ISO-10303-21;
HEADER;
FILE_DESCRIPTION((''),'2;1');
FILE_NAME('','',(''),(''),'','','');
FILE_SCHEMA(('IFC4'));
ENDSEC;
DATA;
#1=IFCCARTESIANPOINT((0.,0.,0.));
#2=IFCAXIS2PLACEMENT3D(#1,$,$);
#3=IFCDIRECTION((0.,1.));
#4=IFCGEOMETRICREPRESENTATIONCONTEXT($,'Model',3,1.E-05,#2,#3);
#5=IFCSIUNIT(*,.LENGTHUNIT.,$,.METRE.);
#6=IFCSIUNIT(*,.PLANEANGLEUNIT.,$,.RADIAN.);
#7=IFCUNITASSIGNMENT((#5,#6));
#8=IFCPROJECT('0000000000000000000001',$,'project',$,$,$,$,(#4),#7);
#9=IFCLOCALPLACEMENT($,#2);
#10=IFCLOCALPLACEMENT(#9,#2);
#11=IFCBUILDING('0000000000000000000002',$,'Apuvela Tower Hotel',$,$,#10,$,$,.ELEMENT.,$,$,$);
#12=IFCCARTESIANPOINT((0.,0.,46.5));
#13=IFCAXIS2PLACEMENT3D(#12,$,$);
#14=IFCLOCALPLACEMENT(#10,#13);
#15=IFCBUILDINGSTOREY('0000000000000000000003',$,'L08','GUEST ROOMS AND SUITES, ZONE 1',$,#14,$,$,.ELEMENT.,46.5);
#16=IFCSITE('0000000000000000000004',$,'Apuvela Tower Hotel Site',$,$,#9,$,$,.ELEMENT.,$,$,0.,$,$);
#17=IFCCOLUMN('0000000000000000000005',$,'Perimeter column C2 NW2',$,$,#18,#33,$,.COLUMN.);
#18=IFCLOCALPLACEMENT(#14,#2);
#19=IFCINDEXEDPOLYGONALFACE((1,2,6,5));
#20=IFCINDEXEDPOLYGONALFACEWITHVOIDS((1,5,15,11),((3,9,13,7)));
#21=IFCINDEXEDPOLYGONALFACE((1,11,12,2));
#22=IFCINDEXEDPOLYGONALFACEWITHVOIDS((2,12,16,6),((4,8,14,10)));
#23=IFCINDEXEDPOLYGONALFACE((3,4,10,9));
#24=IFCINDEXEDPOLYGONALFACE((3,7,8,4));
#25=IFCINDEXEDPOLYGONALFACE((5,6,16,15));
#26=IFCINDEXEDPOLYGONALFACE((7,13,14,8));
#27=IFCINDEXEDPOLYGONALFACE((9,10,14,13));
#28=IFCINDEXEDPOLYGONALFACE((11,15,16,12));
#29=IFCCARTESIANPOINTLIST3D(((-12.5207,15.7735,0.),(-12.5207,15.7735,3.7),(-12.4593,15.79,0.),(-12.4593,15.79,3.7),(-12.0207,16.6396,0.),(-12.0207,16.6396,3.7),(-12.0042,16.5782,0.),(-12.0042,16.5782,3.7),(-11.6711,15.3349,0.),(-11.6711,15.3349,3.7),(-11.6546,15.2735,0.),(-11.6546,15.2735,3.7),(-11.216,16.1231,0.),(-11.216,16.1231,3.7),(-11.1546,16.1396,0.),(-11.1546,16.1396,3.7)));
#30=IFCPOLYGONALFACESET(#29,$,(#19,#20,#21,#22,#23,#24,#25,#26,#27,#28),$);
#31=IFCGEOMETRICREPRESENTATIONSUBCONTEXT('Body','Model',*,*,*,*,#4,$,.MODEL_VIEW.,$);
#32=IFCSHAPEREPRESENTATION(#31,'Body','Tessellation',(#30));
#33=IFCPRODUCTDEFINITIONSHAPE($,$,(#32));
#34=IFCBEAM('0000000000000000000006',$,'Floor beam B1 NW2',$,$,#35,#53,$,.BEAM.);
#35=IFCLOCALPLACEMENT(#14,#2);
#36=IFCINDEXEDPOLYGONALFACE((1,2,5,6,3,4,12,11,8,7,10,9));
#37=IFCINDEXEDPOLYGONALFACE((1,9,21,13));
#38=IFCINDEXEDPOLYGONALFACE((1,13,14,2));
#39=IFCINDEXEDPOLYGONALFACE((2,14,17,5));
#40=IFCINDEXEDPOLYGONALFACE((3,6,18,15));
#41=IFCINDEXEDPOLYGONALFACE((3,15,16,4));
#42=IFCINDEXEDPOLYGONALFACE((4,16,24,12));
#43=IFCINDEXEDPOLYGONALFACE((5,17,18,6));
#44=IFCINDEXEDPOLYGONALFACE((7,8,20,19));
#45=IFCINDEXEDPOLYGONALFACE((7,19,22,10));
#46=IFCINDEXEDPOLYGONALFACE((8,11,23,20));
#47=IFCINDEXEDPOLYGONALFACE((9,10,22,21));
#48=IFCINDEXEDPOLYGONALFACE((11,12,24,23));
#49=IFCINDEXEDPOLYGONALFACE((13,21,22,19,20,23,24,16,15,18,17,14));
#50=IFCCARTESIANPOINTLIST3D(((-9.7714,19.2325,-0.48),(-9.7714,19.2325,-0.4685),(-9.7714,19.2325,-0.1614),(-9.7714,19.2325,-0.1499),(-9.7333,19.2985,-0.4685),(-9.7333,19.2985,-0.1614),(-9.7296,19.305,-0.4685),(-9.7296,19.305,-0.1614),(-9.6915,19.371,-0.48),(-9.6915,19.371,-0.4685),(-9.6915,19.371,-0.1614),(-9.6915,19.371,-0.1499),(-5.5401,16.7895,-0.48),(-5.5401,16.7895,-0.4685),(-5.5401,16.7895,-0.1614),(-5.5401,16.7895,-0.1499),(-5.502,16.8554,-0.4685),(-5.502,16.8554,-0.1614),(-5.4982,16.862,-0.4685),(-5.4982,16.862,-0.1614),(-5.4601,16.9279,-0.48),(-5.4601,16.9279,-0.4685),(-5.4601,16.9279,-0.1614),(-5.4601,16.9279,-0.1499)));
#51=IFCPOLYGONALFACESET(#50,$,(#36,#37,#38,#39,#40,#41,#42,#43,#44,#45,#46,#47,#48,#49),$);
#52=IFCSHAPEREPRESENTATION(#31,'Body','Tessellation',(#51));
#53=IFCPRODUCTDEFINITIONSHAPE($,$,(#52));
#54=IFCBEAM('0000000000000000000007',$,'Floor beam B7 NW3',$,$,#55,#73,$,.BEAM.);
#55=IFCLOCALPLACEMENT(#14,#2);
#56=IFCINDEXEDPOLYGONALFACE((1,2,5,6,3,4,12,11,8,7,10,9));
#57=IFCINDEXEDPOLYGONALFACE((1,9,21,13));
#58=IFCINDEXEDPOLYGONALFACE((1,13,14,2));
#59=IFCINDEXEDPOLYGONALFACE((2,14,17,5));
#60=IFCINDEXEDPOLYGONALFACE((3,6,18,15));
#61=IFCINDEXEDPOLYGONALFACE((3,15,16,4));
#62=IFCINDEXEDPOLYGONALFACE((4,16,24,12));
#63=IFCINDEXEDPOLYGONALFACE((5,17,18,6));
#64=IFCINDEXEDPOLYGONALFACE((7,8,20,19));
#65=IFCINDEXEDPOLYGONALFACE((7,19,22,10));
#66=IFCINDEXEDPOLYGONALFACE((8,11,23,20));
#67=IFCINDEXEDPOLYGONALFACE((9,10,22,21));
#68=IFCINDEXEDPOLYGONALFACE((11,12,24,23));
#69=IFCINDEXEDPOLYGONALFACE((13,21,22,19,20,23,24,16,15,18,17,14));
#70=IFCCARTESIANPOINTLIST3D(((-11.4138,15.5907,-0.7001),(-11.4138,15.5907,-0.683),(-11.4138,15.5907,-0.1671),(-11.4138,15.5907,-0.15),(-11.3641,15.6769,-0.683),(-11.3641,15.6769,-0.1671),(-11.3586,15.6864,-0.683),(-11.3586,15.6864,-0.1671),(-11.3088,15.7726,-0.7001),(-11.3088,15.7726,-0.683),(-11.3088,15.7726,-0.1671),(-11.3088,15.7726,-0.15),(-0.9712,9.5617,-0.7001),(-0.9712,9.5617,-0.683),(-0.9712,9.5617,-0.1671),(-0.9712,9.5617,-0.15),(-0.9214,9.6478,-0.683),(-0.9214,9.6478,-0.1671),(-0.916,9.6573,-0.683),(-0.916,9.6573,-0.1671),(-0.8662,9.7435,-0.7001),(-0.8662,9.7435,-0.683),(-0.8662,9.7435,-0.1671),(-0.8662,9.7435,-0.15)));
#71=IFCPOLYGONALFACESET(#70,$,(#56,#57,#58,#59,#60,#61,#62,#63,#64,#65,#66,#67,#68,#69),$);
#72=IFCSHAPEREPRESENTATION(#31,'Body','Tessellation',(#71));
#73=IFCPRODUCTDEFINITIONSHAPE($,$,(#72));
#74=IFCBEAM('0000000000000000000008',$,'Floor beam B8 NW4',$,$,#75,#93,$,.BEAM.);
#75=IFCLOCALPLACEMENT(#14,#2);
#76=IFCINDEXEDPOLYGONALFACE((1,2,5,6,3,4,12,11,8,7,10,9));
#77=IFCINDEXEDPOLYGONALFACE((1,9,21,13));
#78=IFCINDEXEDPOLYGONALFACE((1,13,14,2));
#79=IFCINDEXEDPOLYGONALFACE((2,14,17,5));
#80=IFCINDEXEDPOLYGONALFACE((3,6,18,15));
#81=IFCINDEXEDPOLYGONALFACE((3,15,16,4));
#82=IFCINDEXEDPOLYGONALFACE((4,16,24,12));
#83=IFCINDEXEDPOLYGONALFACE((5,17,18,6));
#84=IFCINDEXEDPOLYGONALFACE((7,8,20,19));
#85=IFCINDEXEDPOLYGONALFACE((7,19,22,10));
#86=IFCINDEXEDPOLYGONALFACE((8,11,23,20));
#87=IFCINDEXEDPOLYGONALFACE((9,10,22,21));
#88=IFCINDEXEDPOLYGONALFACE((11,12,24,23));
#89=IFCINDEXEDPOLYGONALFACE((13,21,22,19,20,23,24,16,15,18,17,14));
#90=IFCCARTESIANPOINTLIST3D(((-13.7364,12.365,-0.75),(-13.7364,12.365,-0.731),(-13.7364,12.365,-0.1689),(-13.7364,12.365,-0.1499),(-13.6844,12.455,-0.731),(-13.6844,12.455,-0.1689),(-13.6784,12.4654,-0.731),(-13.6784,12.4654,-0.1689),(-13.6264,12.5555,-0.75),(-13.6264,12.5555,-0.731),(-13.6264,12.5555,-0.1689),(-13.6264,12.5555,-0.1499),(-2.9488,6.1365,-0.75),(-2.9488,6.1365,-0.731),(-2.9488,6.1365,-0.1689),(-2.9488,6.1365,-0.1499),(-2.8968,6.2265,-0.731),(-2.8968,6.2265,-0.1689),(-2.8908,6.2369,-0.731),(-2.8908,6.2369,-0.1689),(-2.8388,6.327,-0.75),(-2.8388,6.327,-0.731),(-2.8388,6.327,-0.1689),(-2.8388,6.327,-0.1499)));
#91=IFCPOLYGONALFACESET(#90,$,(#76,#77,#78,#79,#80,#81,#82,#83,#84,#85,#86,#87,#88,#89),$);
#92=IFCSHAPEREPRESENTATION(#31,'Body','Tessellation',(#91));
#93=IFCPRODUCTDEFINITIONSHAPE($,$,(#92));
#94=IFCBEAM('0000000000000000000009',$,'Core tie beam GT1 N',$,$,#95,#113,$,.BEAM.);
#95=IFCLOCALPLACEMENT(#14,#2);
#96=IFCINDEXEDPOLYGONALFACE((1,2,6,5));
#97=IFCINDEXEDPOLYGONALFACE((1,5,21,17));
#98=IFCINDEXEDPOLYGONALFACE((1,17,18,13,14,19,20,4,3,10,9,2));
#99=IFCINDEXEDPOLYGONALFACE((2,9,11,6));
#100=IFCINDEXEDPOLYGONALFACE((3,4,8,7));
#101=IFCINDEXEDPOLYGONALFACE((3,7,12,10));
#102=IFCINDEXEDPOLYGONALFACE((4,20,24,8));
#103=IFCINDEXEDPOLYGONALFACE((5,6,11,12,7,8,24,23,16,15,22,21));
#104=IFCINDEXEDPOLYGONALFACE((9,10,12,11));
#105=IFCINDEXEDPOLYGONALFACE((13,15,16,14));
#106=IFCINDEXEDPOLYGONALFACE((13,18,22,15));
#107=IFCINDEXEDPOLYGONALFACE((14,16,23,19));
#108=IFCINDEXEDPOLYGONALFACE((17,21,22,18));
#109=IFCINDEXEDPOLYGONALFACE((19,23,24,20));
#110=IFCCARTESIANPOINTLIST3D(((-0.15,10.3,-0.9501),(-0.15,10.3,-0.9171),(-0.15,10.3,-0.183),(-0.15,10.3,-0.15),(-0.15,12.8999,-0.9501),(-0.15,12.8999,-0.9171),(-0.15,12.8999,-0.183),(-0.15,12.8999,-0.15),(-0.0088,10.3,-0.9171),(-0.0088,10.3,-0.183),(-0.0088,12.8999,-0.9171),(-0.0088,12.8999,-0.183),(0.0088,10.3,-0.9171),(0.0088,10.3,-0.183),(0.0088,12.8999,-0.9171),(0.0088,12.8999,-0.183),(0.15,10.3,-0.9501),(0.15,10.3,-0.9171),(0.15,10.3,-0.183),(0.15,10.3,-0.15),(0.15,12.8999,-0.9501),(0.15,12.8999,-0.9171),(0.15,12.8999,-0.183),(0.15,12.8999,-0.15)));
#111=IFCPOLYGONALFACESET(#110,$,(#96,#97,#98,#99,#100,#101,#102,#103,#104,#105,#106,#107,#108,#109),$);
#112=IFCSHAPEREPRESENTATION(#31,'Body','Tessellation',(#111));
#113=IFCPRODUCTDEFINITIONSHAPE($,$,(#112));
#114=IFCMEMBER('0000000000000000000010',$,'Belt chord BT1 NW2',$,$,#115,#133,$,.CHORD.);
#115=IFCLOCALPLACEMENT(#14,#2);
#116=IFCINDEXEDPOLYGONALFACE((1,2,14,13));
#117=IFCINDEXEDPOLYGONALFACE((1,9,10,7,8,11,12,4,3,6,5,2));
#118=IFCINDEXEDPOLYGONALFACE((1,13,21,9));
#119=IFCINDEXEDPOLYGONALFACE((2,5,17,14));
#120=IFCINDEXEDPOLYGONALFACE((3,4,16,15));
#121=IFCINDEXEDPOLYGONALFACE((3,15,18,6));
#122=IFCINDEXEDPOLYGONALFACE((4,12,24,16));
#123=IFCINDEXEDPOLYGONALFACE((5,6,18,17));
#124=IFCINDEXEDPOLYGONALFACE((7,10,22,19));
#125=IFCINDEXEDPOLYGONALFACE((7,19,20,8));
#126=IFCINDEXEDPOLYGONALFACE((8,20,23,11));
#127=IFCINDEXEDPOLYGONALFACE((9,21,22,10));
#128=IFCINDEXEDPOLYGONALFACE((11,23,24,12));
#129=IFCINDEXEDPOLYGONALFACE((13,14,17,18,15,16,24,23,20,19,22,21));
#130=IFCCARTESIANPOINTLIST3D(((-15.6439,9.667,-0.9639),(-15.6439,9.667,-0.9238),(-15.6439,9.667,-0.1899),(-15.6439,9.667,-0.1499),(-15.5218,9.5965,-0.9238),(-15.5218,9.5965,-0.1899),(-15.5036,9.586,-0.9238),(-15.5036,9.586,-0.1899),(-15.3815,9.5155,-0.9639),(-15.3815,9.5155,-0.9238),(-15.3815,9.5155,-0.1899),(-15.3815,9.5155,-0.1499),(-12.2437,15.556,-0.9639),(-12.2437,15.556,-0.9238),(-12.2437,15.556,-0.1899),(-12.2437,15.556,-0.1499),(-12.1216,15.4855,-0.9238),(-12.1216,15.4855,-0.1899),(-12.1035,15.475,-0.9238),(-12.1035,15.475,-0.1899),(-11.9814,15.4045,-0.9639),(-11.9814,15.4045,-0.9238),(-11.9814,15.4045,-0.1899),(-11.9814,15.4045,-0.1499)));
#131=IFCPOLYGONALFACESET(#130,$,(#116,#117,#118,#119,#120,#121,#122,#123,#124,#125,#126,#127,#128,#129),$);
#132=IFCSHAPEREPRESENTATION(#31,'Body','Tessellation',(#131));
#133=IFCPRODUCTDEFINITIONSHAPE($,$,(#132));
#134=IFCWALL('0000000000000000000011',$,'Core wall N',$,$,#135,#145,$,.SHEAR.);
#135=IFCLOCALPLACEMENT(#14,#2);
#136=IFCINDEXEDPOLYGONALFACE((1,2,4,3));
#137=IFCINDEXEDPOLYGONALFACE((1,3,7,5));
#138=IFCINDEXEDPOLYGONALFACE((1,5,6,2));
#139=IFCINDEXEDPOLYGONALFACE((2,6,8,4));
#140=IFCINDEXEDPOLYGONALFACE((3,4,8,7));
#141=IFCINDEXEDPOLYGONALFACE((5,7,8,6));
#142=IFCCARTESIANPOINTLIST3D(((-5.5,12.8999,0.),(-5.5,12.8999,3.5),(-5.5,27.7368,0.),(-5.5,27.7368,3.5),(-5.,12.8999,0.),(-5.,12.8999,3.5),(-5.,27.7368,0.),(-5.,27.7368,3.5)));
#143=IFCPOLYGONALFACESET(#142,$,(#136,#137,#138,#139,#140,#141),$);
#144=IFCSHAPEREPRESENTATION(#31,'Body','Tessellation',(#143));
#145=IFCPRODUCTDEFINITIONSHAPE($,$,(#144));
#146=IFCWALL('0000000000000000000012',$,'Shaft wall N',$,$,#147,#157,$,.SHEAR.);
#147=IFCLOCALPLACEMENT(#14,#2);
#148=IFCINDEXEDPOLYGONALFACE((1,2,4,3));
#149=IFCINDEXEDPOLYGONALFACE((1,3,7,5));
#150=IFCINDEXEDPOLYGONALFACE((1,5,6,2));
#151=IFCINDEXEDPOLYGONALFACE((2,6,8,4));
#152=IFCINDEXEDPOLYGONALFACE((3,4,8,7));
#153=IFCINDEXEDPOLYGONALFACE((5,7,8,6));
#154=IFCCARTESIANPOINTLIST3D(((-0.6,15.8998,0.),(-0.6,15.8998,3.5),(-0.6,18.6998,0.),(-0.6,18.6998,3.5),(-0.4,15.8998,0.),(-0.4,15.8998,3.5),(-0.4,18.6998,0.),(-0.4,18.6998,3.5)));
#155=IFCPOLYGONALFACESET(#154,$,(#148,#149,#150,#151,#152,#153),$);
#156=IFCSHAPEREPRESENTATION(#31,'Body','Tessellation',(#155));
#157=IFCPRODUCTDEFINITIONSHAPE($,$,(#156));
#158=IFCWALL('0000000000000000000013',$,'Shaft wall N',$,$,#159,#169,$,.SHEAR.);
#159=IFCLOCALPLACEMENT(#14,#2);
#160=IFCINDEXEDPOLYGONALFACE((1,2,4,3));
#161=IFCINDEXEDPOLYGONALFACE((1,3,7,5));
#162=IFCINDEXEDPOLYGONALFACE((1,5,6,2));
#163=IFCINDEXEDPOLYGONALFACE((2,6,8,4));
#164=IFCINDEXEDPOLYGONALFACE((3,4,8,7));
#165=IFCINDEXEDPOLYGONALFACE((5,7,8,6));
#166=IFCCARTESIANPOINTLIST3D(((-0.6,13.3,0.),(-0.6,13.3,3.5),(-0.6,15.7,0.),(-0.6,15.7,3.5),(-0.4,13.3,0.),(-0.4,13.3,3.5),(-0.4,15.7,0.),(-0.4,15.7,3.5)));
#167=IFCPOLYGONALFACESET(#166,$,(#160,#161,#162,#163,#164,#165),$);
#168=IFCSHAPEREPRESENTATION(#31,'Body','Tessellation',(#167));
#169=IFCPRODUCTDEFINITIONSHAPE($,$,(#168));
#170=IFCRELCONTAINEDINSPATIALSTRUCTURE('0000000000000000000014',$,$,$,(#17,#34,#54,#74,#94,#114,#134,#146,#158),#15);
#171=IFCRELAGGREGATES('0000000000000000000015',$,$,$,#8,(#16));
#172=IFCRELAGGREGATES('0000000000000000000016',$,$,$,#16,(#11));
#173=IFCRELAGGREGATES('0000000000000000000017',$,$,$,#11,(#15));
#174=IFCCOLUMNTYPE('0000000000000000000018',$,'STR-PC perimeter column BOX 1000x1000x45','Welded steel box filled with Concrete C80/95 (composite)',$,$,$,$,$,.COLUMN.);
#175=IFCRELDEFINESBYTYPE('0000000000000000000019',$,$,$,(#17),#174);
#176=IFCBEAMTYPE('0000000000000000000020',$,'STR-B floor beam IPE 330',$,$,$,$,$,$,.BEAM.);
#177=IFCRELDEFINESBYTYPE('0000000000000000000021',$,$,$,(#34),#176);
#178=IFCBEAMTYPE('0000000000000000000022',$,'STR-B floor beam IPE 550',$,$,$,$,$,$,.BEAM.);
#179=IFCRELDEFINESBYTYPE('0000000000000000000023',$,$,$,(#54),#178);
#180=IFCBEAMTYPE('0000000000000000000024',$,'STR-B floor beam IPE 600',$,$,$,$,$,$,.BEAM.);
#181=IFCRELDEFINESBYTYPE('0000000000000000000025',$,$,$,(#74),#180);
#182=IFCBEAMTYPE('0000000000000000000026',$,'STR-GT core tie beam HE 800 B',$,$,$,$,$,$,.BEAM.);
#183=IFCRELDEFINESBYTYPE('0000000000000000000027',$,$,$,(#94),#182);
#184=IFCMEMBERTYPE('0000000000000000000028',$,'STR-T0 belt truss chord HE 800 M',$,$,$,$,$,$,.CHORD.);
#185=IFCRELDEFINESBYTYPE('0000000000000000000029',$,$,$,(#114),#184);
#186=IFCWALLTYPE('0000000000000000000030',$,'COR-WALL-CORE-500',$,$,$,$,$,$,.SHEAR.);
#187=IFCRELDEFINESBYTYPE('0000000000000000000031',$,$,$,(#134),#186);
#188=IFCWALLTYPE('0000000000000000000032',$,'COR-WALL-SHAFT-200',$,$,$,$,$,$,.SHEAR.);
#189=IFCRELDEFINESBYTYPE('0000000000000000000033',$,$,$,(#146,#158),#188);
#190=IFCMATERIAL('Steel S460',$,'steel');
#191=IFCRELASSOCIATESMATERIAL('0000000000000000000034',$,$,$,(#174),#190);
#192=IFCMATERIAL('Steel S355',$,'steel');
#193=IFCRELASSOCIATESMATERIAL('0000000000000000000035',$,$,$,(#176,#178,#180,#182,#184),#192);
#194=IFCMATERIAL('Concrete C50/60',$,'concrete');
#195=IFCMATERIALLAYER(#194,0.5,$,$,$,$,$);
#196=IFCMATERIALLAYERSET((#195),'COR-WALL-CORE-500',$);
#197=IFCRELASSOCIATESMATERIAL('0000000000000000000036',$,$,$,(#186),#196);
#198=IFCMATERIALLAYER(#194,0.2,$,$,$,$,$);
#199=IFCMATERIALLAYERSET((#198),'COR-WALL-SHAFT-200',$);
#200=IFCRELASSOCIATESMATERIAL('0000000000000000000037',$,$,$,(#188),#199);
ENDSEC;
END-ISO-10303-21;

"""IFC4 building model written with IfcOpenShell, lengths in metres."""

from ifc_helpers import new_model, si_unit, direction, frame, frame_2d, origin, origin_2d, place, context, subcontext, project, spatial, rectangle, hollow_rectangle, i_section, extrude, material, layer, layer_set, material_profile, profile_set, type_object, element, save


model = new_model("IFC4")

# Units and contexts
model_context = context("Model", 3, precision=1e-05, world=origin(), true_north=direction((0.0, 1.0)))
body_context = subcontext(model_context, "Body", "Model", "MODEL_VIEW")
ifc_project = project(units=[si_unit("LENGTHUNIT", "METRE"), si_unit("PLANEANGLEUNIT", "RADIAN")], contexts=[model_context])

# Site, building, storey
site_placement = place(None, origin())
site = spatial("IfcSite", under=ifc_project, at=site_placement, Name="Apuvela Tower Hotel Site", CompositionType="ELEMENT", RefElevation=0.0)
building_placement = place(site_placement, origin())
building = spatial("IfcBuilding", under=site, at=building_placement, Name="Apuvela Tower Hotel", CompositionType="ELEMENT")
storey_placement = place(building_placement, frame((0.0, 0.0, 46.5)))
storey = spatial("IfcBuildingStorey", under=building, at=storey_placement, Name="L08", Description="GUEST ROOMS AND SUITES, ZONE 1", CompositionType="ELEMENT", Elevation=46.5)

# Column
ifc_material_1 = material(Name="Steel S460", Category="steel")
ifc_material_profile_1 = material_profile(ifc_material_1, hollow_rectangle(XDim=1.0, YDim=1.0, WallThickness=0.0449, at=origin_2d()), Name="BOX 1000x1000x45")
ifc_material_2 = material(Name="Concrete C80/95", Category="concrete")
ifc_material_profile_2 = material_profile(ifc_material_2, rectangle(XDim=0.9099, YDim=0.9099, at=origin_2d()), Name="Concrete C80/95 infill")
ifc_profile_set_1 = profile_set([ifc_material_profile_1, ifc_material_profile_2], Name="Steel S460")
column_type = type_object("IfcColumnType", Name="STR-PC perimeter column BOX 1000x1000x45", Description="Welded steel box filled with Concrete C80/95 (composite)", PredefinedType="COLUMN", material=ifc_profile_set_1)
column_placement = place(storey_placement, frame((-11.8376, 15.9565, 0.0), z_axis=(0.0, 0.0, 1.0), x_axis=(0.5, 0.866025, 0.0)))
element("IfcColumn", 1, at=column_placement, inside=storey, type_object=column_type, Name="Perimeter column C2 NW2", PredefinedType="COLUMN", context=body_context, shape_type="SweptSolid", body=[
    extrude(hollow_rectangle(XDim=1.0, YDim=1.0, WallThickness=0.0449, at=origin_2d()), origin(), (0.0, 0.0, 1.0), 3.7),
])

# Beams
ifc_material_3 = material(Name="Steel S355", Category="steel")
ifc_material_profile_3 = material_profile(ifc_material_3, i_section(OverallWidth=0.1599, OverallDepth=0.3301, WebThickness=0.0076, FlangeThickness=0.0115, at=origin_2d()), Name="IPE 330")
ifc_profile_set_2 = profile_set([ifc_material_profile_3], Name="Steel S355")
beam_type_1 = type_object("IfcBeamType", Name="STR-B floor beam IPE 330", PredefinedType="BEAM", material=ifc_profile_set_2)
beam_1_placement = place(storey_placement, frame((-9.7314, 19.3018, -0.3149), z_axis=(0.866018, -0.500014, 0.0), x_axis=(0.500014, 0.866018, 0.0)))
element("IfcBeam", 2, at=beam_1_placement, inside=storey, type_object=beam_type_1, Name="Floor beam B1 NW2", PredefinedType="BEAM", context=body_context, shape_type="SweptSolid", body=[
    extrude(i_section(OverallWidth=0.1599, OverallDepth=0.3301, WebThickness=0.0076, FlangeThickness=0.0115, at=origin_2d()), origin(), (0.0, 0.0, 1.0), 4.886),
])
ifc_material_profile_4 = material_profile(ifc_material_3, i_section(OverallWidth=0.21, OverallDepth=0.55, WebThickness=0.011, FlangeThickness=0.0171, at=origin_2d()), Name="IPE 550")
ifc_profile_set_3 = profile_set([ifc_material_profile_4], Name="Steel S355")
beam_type_2 = type_object("IfcBeamType", Name="STR-B floor beam IPE 550", PredefinedType="BEAM", material=ifc_profile_set_3)
beam_2_placement = place(storey_placement, frame((-11.3613, 15.6816, -0.425), z_axis=(0.866025, -0.5, 0.0), x_axis=(0.5, 0.866025, 0.0)))
element("IfcBeam", 3, at=beam_2_placement, inside=storey, type_object=beam_type_2, Name="Floor beam B7 NW3", PredefinedType="BEAM", context=body_context, shape_type="SweptSolid", body=[
    extrude(i_section(OverallWidth=0.21, OverallDepth=0.55, WebThickness=0.011, FlangeThickness=0.0171, at=origin_2d()), origin(), (0.0, 0.0, 1.0), 12.0581),
])
ifc_material_profile_5 = material_profile(ifc_material_3, i_section(OverallWidth=0.22, OverallDepth=0.6001, WebThickness=0.012, FlangeThickness=0.019, at=origin_2d()), Name="IPE 600")
ifc_profile_set_4 = profile_set([ifc_material_profile_5], Name="Steel S355")
beam_type_3 = type_object("IfcBeamType", Name="STR-B floor beam IPE 600", PredefinedType="BEAM", material=ifc_profile_set_4)
beam_3_placement = place(storey_placement, frame((-13.6814, 12.4602, -0.45), z_axis=(0.866015, -0.500018, 0.0), x_axis=(0.500018, 0.866015, 0.0)))
element("IfcBeam", 4, at=beam_3_placement, inside=storey, type_object=beam_type_3, Name="Floor beam B8 NW4", PredefinedType="BEAM", context=body_context, shape_type="SweptSolid", body=[
    extrude(i_section(OverallWidth=0.22, OverallDepth=0.6001, WebThickness=0.012, FlangeThickness=0.019, at=origin_2d()), origin(), (0.0, 0.0, 1.0), 12.4565),
])
ifc_material_profile_6 = material_profile(ifc_material_3, i_section(OverallWidth=0.3, OverallDepth=0.8, WebThickness=0.0176, FlangeThickness=0.033, at=origin_2d()), Name="HE 800 B")
ifc_profile_set_5 = profile_set([ifc_material_profile_6], Name="Steel S355")
beam_type_4 = type_object("IfcBeamType", Name="STR-GT core tie beam HE 800 B", PredefinedType="BEAM", material=ifc_profile_set_5)
beam_4_placement = place(storey_placement, frame((0.0, 12.8999, -0.55), z_axis=(0.0, -1.0, 0.0), x_axis=(1.0, 0.0, 0.0)))
element("IfcBeam", 5, at=beam_4_placement, inside=storey, type_object=beam_type_4, Name="Core tie beam GT1 N", PredefinedType="BEAM", context=body_context, shape_type="SweptSolid", body=[
    extrude(i_section(OverallWidth=0.3, OverallDepth=0.8, WebThickness=0.0176, FlangeThickness=0.033, at=origin_2d()), origin(), (0.0, 0.0, 1.0), 2.5999),
])

# Member
ifc_material_profile_7 = material_profile(ifc_material_3, i_section(OverallWidth=0.303, OverallDepth=0.814, WebThickness=0.021, FlangeThickness=0.04, at=origin_2d()), Name="HE 800 M")
ifc_profile_set_6 = profile_set([ifc_material_profile_7], Name="Steel S355")
member_type = type_object("IfcMemberType", Name="STR-T0 belt truss chord HE 800 M", PredefinedType="CHORD", material=ifc_profile_set_6)
member_placement = place(storey_placement, frame((-12.1125, 15.4802, -0.5569), z_axis=(-0.50002, -0.866014, 0.0), x_axis=(0.866014, -0.50002, 0.0)))
element("IfcMember", 6, at=member_placement, inside=storey, type_object=member_type, Name="Belt chord BT1 NW2", PredefinedType="CHORD", context=body_context, shape_type="SweptSolid", body=[
    extrude(i_section(OverallWidth=0.303, OverallDepth=0.814, WebThickness=0.021, FlangeThickness=0.04, at=origin_2d()), origin(), (0.0, 0.0, 1.0), 6.8),
])

# Walls
ifc_material_4 = material(Name="Concrete C50/60", Category="concrete")
ifc_layer_1 = layer(ifc_material_4, 0.5)
ifc_layer_set_1 = layer_set([ifc_layer_1], Name="COR-WALL-CORE-500")
wall_type_1 = type_object("IfcWallType", Name="COR-WALL-CORE-500", PredefinedType="SHEAR", material=ifc_layer_set_1)
wall_1_placement = place(storey_placement, frame((-5.25, 12.8999, 0.0), z_axis=(0.0, 0.0, 1.0), x_axis=(0.0, 1.0, 0.0)))
element("IfcWall", 7, at=wall_1_placement, inside=storey, type_object=wall_type_1, Name="Core wall N", PredefinedType="SHEAR", context=body_context, shape_type="SweptSolid", body=[
    extrude(rectangle(XDim=14.8369, YDim=0.5, at=frame_2d((7.4185, 0.0))), origin(), (0.0, 0.0, 1.0), 3.5),
])
ifc_layer_2 = layer(ifc_material_4, 0.2)
ifc_layer_set_2 = layer_set([ifc_layer_2], Name="COR-WALL-SHAFT-200")
wall_type_2 = type_object("IfcWallType", Name="COR-WALL-SHAFT-200", PredefinedType="SHEAR", material=ifc_layer_set_2)
wall_2_placement = place(storey_placement, frame((-0.5, 15.8999, 0.0), z_axis=(0.0, 0.0, 1.0), x_axis=(0.0, 1.0, 0.0)))
element("IfcWall", 8, at=wall_2_placement, inside=storey, type_object=wall_type_2, Name="Shaft wall N", PredefinedType="SHEAR", context=body_context, shape_type="SweptSolid", body=[
    extrude(rectangle(XDim=2.8, YDim=0.2, at=frame_2d((1.3999, 0.0))), origin(), (0.0, 0.0, 1.0), 3.5),
])
wall_3_placement = place(storey_placement, frame((-0.5, 13.3, 0.0), z_axis=(0.0, 0.0, 1.0), x_axis=(0.0, 1.0, 0.0)))
element("IfcWall", 9, at=wall_3_placement, inside=storey, type_object=wall_type_2, Name="Shaft wall N", PredefinedType="SHEAR", context=body_context, shape_type="SweptSolid", body=[
    extrude(rectangle(XDim=2.3999, YDim=0.2, at=frame_2d((1.2, 0.0))), origin(), (0.0, 0.0, 1.0), 3.5),
])

save(model, "model.ifc")
